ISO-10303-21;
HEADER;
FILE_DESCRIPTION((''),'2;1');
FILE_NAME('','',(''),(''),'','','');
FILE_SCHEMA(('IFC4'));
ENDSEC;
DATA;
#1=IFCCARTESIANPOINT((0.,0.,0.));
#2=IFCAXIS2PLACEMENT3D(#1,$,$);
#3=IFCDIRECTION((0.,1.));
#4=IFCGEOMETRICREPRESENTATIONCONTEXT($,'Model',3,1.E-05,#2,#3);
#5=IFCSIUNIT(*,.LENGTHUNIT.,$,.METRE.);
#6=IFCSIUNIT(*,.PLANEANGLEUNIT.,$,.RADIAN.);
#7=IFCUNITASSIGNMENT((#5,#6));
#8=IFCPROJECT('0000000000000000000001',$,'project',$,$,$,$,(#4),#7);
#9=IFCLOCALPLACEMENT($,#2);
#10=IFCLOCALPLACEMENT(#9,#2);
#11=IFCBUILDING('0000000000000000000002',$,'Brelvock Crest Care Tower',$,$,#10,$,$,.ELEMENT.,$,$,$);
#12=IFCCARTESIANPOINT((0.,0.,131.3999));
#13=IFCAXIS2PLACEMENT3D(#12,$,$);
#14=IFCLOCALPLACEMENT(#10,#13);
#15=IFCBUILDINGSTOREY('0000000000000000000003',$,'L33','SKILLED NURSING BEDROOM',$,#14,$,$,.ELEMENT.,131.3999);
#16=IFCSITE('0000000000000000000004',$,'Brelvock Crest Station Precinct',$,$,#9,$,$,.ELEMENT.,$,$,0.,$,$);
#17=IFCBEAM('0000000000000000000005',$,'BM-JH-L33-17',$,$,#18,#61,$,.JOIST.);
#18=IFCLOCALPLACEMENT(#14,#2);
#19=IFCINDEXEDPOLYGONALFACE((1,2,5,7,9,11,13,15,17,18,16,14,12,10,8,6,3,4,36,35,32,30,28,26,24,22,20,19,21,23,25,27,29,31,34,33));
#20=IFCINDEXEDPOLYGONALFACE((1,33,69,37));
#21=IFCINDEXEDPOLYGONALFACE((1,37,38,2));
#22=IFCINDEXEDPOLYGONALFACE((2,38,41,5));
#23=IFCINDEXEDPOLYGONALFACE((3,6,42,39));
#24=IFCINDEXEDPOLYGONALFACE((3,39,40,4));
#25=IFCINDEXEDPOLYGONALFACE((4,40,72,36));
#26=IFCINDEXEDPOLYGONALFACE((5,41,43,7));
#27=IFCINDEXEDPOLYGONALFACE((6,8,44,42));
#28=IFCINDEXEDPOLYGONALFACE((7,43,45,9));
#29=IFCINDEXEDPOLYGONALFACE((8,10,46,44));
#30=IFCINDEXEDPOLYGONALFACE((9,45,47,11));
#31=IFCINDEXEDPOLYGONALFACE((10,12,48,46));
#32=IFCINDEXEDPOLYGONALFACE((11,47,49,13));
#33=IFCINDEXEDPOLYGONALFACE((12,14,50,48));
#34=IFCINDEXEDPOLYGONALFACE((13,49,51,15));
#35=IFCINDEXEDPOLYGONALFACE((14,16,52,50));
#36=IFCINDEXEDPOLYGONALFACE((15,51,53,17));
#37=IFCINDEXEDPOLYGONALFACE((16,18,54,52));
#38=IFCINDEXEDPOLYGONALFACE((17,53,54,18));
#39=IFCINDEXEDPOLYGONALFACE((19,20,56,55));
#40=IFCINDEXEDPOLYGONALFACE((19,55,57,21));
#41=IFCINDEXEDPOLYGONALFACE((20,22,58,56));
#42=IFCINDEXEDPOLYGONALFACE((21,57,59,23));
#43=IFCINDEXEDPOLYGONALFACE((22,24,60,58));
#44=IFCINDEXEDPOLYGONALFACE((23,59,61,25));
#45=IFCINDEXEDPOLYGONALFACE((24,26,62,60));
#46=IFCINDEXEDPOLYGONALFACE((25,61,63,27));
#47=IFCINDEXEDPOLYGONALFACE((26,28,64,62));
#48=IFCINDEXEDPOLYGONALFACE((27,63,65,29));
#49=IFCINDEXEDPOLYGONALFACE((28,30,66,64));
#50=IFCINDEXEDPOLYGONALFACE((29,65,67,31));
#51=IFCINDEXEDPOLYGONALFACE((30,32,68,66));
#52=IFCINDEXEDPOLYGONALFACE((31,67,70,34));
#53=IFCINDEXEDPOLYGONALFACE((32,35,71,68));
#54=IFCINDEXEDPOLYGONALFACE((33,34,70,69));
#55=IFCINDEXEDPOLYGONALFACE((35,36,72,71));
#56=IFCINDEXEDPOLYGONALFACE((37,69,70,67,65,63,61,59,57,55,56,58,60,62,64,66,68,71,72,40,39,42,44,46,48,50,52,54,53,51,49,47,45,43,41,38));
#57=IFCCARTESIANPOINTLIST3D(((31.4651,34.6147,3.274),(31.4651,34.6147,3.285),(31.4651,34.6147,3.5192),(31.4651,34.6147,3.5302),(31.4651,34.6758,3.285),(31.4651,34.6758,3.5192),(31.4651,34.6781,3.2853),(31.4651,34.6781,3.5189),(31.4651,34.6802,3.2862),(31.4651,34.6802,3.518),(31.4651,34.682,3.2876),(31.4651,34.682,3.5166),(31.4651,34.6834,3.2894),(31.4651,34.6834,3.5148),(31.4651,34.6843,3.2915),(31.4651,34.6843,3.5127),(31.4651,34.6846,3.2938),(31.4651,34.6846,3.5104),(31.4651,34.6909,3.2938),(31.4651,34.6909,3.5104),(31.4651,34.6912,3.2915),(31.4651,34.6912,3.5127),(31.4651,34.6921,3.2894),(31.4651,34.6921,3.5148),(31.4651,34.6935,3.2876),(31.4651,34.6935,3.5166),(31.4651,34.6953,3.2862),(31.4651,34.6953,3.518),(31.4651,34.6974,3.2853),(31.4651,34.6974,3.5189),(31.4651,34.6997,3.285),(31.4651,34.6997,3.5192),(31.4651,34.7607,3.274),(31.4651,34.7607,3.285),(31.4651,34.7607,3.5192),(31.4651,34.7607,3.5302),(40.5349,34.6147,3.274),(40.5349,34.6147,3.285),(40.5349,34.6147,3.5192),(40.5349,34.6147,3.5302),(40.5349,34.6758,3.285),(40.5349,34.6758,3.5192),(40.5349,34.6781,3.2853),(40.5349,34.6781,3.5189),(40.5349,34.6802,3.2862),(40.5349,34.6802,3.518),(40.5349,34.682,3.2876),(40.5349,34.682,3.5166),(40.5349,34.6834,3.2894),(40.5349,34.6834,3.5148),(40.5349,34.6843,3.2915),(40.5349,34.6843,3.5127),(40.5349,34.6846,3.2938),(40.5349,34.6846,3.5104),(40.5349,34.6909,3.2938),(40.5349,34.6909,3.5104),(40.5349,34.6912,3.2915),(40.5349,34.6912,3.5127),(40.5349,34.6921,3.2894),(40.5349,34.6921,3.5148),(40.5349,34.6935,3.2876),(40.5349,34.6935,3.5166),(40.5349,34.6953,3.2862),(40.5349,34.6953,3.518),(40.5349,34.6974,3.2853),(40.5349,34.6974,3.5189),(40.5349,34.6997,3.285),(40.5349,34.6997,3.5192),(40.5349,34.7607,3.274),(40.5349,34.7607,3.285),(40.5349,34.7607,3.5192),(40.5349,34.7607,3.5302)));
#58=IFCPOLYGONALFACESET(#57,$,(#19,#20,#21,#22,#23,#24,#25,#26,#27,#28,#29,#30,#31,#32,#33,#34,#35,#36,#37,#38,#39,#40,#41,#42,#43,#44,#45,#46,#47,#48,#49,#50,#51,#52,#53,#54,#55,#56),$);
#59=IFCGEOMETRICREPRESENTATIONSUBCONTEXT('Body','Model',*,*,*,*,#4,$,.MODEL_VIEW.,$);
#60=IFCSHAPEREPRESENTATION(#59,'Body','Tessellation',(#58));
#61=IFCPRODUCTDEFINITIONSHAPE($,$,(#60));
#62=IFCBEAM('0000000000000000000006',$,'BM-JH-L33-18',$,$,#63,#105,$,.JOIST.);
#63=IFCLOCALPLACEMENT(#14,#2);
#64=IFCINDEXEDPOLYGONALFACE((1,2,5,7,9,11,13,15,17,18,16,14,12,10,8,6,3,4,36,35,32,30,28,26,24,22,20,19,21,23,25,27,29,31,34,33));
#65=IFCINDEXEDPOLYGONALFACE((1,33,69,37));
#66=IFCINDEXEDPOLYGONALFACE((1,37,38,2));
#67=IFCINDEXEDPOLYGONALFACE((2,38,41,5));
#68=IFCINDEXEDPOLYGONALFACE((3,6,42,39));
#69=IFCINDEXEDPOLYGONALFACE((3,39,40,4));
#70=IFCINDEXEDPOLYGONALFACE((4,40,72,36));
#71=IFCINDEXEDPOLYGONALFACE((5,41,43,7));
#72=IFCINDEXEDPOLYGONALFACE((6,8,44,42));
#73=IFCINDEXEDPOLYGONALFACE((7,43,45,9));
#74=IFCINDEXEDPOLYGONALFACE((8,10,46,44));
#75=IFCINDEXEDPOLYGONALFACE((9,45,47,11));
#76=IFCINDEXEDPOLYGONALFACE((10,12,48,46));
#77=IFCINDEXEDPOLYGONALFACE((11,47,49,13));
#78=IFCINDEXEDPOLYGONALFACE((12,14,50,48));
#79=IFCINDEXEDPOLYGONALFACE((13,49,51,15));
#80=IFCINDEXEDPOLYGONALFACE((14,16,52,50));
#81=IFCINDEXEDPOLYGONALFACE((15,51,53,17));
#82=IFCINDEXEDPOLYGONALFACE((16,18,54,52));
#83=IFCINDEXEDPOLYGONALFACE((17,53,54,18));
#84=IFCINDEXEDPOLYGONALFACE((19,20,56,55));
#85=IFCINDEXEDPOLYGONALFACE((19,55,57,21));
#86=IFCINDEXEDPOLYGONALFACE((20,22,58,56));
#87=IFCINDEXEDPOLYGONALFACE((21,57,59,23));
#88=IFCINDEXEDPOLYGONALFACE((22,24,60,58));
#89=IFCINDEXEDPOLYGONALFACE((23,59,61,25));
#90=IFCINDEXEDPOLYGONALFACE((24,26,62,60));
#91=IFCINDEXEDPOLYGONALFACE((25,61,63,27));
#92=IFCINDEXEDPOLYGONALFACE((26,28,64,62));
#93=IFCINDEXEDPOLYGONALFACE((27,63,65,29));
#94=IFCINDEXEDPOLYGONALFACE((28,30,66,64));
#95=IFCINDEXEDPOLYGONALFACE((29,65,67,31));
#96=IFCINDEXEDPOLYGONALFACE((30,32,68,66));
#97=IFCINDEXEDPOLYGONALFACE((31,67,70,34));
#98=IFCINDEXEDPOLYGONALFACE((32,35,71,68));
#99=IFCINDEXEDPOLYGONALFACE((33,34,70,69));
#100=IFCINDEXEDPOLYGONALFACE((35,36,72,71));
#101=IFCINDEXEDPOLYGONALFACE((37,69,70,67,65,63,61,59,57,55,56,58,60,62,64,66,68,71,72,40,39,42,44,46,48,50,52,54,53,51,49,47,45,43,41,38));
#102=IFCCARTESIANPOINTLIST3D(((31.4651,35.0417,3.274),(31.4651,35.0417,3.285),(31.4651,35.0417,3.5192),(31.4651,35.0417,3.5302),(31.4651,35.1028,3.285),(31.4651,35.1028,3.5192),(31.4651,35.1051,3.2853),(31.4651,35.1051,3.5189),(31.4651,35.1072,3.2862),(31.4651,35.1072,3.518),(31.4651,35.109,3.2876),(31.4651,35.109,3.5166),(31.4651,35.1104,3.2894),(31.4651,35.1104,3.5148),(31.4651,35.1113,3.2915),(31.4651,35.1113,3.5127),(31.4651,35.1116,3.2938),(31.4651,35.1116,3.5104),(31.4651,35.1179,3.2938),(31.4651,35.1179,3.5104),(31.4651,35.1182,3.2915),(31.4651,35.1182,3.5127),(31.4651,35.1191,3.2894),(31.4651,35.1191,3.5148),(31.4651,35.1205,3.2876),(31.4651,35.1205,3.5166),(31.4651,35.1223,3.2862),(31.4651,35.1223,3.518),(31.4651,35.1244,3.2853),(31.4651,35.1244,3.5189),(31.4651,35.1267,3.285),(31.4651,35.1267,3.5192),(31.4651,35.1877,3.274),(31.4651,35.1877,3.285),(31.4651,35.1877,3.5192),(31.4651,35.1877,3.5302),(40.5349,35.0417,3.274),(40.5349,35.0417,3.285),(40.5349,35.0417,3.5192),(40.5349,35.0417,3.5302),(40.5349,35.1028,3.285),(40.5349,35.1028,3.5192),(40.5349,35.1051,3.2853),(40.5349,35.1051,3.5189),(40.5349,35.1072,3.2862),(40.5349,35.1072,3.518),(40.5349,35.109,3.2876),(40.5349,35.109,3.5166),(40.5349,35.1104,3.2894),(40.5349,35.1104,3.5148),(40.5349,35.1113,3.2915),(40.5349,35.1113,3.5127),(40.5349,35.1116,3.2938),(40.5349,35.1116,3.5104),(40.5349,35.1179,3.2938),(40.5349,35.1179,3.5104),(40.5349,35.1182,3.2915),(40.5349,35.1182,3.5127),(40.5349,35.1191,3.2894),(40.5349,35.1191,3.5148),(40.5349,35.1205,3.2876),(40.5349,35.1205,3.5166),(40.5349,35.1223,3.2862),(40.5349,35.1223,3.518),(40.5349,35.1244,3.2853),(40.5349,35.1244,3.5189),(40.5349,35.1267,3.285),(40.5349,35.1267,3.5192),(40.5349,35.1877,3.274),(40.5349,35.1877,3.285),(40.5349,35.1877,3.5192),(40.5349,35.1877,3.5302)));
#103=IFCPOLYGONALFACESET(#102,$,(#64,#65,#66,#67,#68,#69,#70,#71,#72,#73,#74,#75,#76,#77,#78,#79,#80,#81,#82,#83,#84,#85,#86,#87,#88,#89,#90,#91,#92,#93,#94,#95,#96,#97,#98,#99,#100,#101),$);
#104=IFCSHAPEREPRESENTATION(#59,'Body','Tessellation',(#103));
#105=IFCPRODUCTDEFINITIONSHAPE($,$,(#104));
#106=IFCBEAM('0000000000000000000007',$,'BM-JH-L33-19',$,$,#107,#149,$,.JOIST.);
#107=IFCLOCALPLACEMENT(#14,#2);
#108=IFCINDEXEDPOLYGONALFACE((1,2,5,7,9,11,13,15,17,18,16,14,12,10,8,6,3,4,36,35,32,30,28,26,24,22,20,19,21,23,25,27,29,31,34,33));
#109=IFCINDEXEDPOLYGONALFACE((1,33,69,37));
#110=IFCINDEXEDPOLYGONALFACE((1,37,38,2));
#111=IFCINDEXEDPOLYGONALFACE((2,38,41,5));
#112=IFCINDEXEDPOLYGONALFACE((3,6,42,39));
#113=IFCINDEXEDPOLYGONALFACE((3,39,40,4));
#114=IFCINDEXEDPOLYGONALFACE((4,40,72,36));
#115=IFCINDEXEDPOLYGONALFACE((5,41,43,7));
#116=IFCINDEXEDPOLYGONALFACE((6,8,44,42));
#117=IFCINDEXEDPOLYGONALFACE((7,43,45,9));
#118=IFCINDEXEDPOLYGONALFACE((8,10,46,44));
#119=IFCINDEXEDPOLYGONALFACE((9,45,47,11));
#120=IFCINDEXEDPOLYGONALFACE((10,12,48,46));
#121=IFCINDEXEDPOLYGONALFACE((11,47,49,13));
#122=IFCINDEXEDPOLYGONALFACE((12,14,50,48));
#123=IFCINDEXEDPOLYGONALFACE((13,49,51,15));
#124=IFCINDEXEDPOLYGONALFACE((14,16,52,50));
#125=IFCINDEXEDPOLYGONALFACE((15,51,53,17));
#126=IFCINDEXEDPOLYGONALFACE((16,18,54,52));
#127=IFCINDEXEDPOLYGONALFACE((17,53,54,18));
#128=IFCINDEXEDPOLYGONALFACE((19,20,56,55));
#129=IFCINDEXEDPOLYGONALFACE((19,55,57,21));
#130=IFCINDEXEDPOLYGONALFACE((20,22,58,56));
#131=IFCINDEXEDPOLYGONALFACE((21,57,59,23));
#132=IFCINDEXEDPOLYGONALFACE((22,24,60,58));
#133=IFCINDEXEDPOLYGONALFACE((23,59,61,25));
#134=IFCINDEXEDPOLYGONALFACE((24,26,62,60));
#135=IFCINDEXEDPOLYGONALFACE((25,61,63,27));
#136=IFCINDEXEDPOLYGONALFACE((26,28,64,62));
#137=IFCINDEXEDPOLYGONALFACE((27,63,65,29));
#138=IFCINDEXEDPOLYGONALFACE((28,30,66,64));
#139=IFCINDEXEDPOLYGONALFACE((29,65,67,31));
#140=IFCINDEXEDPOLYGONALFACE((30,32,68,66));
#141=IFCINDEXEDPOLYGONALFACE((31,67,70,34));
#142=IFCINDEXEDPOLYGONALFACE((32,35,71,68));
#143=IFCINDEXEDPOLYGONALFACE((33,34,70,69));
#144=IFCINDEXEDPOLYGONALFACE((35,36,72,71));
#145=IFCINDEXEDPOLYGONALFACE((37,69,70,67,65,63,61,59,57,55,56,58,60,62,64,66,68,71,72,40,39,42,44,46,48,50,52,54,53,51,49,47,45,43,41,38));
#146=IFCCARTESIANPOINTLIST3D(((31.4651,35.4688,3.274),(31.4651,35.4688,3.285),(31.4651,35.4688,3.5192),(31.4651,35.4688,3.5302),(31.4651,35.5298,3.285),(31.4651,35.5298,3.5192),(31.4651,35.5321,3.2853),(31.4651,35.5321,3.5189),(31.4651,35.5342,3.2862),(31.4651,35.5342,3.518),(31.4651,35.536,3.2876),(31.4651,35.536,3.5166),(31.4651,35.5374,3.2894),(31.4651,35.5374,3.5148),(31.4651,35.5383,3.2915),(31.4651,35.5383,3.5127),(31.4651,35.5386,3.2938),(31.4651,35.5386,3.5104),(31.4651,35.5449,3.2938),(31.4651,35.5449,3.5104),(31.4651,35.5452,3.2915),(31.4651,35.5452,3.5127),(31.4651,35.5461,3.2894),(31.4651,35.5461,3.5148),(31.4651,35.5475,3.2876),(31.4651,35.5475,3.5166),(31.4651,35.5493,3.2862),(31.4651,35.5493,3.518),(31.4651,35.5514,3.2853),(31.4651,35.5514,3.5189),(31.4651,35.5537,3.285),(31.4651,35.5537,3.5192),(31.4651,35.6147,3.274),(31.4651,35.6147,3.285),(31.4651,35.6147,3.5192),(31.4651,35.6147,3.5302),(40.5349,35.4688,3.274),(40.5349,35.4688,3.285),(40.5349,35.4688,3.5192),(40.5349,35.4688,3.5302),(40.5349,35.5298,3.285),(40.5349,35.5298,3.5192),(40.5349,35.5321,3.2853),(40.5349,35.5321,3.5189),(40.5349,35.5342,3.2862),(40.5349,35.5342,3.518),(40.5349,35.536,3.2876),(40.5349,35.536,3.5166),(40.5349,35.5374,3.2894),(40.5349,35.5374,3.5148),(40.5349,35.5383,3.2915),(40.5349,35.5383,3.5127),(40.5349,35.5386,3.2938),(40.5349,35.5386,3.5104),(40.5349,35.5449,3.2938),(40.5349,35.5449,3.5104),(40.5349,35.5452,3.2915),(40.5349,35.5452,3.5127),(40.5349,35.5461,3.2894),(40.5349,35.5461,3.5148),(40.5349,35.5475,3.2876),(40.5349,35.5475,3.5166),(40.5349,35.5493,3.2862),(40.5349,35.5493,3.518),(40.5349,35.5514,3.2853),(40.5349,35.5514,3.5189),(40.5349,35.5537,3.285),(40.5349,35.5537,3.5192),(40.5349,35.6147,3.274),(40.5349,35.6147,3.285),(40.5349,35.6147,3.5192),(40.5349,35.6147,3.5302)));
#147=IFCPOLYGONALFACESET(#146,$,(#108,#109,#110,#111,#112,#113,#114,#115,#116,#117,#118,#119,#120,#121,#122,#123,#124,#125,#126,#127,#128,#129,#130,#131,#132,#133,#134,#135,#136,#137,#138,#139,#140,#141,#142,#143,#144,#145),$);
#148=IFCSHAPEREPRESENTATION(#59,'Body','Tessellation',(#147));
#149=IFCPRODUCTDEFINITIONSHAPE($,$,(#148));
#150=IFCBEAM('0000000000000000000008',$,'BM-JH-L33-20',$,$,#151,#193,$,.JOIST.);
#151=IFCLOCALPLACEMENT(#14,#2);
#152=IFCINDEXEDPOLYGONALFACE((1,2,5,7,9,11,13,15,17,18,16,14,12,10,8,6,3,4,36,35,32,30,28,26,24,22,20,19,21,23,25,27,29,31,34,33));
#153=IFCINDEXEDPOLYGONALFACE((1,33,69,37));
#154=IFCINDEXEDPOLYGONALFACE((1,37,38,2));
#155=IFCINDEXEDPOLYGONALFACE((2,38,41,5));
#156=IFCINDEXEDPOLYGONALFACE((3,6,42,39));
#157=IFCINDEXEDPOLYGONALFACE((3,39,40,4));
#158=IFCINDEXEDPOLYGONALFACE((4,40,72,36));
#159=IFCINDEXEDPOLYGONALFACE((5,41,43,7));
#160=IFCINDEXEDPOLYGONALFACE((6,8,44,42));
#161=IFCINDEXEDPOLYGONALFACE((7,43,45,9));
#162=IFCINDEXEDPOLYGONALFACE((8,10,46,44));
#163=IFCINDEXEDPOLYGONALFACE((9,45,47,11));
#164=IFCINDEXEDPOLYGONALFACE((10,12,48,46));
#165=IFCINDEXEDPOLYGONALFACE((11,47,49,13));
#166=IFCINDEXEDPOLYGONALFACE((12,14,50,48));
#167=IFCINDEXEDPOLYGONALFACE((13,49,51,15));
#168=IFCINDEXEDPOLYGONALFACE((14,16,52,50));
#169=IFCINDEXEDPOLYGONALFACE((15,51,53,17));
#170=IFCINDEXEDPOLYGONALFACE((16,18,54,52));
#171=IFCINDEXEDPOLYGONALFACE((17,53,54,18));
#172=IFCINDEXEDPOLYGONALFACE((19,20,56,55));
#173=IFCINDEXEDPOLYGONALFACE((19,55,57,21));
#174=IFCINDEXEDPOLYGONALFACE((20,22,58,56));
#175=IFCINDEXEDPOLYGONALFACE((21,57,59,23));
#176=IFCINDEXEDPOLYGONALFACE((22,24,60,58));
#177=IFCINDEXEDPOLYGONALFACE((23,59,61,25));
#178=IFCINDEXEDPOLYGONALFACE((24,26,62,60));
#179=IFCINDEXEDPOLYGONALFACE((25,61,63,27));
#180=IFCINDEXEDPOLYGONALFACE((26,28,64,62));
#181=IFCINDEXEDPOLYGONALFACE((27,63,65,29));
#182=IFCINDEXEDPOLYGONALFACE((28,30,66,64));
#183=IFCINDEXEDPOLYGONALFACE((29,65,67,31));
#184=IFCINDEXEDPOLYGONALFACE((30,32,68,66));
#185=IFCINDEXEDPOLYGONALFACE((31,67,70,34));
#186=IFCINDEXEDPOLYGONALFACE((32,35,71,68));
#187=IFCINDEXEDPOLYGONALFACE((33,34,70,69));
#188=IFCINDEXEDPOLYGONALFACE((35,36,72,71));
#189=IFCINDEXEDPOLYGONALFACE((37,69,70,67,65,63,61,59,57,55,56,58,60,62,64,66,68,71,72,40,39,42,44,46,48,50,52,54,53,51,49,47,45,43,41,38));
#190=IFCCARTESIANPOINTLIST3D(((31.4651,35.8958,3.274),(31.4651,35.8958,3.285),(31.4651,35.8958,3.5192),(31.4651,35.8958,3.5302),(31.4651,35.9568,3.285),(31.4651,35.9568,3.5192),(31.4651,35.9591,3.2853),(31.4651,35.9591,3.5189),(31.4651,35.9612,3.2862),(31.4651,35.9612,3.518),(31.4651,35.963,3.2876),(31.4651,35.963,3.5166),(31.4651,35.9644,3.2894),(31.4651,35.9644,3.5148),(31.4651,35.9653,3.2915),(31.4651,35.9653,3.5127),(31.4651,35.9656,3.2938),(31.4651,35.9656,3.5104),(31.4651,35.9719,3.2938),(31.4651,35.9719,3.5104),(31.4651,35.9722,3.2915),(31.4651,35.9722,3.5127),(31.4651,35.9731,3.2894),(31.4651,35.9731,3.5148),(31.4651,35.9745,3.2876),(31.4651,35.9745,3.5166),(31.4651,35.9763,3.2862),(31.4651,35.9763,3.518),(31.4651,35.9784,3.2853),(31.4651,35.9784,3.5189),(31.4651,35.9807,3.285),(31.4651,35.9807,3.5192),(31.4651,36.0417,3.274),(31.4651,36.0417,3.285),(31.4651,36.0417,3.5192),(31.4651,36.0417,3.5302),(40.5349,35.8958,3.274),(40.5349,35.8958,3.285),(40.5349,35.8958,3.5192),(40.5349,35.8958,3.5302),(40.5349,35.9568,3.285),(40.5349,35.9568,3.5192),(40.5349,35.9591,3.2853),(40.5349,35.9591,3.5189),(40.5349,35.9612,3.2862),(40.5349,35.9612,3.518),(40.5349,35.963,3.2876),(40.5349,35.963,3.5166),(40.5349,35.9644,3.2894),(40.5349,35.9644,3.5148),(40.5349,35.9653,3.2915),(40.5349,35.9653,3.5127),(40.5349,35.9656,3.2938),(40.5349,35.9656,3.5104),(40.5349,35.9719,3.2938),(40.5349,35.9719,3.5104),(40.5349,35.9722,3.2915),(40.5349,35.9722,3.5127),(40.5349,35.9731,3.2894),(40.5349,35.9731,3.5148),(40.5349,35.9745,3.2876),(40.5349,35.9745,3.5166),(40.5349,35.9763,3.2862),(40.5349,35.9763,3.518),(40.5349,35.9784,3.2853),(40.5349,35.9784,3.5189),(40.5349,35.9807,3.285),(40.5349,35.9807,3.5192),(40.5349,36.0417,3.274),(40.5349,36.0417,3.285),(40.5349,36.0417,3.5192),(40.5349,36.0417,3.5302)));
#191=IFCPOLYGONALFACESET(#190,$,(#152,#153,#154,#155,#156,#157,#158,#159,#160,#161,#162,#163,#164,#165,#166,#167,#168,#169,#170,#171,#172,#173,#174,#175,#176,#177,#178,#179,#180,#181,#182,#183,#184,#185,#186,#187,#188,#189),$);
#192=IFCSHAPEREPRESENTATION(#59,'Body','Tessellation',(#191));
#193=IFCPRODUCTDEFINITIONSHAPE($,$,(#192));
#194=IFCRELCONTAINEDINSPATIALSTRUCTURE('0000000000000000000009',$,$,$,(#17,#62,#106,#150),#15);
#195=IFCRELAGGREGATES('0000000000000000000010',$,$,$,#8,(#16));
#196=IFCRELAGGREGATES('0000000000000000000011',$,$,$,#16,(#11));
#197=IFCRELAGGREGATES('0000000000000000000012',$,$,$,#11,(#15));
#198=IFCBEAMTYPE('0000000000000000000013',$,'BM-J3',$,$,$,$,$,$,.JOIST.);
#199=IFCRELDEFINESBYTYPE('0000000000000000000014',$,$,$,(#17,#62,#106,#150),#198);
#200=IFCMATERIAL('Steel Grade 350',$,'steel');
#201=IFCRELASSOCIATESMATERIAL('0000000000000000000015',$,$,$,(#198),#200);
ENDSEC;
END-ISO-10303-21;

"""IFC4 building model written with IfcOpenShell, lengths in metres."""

from ifc_helpers import new_model, si_unit, direction, frame, origin, origin_2d, place, context, subcontext, project, spatial, i_section, extrude, source, transform, mapped, material, material_profile, profile_set, type_object, element, save


model = new_model("IFC4")

# Units and contexts
model_context = context("Model", 3, precision=1e-05, world=origin(), true_north=direction((0.0, 1.0)))
body_context = subcontext(model_context, "Body", "Model", "MODEL_VIEW")
ifc_project = project(units=[si_unit("LENGTHUNIT", "METRE"), si_unit("PLANEANGLEUNIT", "RADIAN")], contexts=[model_context])

# Site, building, storey
site_placement = place(None, origin())
site = spatial("IfcSite", under=ifc_project, at=site_placement, Name="Brelvock Crest Station Precinct", CompositionType="ELEMENT", RefElevation=0.0)
building_placement = place(site_placement, origin())
building = spatial("IfcBuilding", under=site, at=building_placement, Name="Brelvock Crest Care Tower", CompositionType="ELEMENT")
storey_placement = place(building_placement, frame((0.0, 0.0, 131.3999)))
storey = spatial("IfcBuildingStorey", under=building, at=storey_placement, Name="L33", Description="SKILLED NURSING BEDROOM", CompositionType="ELEMENT", Elevation=131.3999)

# Beams
ifc_material = material(Name="Steel Grade 350", Category="steel")
ifc_material_profile = material_profile(ifc_material, i_section(OverallWidth=0.146, OverallDepth=0.2561, WebThickness=0.0063, FlangeThickness=0.011, FilletRadius=0.0088, at=origin_2d()), Name="250UB37.3")
ifc_profile_set = profile_set([ifc_material_profile], Name="Steel Grade 350")
beam_type = type_object("IfcBeamType", Name="BM-J3", PredefinedType="JOIST", material=ifc_profile_set)
shared_shape = source(origin(), body_context, "Body", "SweptSolid", [
    extrude(i_section(OverallWidth=0.146, OverallDepth=0.2561, WebThickness=0.0063, FlangeThickness=0.011, FilletRadius=0.0088, at=origin_2d()), origin(), (0.0, 0.0, 1.0), 9.0698),
])
for number, where, z_axis, x_axis, name in (
    (1, (31.4651, 34.6877, 3.4021), (1.0, 0.0, 0.0), (0.0, 1.0, 0.0), "BM-JH-L33-17"),
    (2, (31.4651, 35.1147, 3.4021), (1.0, 0.0, 0.0), (0.0, 1.0, 0.0), "BM-JH-L33-18"),
    (3, (31.4651, 35.5417, 3.4021), (1.0, 0.0, 0.0), (0.0, 1.0, 0.0), "BM-JH-L33-19"),
    (4, (31.4651, 35.9688, 3.4021), (1.0, 0.0, 0.0), (0.0, 1.0, 0.0), "BM-JH-L33-20"),
):
    element("IfcBeam", number, at=place(storey_placement, frame(where, z_axis=z_axis, x_axis=x_axis)), inside=storey, type_object=beam_type, Name=name, PredefinedType="JOIST", context=body_context, shape_type="MappedRepresentation", body=[
        mapped(shared_shape, transform((0.0, 0.0, 0.0), x_axis=(1.0, 0.0, 0.0), y_axis=(0.0, 1.0, 0.0), z_axis=(0.0, 0.0, 1.0), scale=1.0)),
    ])

save(model, "model.ifc")
